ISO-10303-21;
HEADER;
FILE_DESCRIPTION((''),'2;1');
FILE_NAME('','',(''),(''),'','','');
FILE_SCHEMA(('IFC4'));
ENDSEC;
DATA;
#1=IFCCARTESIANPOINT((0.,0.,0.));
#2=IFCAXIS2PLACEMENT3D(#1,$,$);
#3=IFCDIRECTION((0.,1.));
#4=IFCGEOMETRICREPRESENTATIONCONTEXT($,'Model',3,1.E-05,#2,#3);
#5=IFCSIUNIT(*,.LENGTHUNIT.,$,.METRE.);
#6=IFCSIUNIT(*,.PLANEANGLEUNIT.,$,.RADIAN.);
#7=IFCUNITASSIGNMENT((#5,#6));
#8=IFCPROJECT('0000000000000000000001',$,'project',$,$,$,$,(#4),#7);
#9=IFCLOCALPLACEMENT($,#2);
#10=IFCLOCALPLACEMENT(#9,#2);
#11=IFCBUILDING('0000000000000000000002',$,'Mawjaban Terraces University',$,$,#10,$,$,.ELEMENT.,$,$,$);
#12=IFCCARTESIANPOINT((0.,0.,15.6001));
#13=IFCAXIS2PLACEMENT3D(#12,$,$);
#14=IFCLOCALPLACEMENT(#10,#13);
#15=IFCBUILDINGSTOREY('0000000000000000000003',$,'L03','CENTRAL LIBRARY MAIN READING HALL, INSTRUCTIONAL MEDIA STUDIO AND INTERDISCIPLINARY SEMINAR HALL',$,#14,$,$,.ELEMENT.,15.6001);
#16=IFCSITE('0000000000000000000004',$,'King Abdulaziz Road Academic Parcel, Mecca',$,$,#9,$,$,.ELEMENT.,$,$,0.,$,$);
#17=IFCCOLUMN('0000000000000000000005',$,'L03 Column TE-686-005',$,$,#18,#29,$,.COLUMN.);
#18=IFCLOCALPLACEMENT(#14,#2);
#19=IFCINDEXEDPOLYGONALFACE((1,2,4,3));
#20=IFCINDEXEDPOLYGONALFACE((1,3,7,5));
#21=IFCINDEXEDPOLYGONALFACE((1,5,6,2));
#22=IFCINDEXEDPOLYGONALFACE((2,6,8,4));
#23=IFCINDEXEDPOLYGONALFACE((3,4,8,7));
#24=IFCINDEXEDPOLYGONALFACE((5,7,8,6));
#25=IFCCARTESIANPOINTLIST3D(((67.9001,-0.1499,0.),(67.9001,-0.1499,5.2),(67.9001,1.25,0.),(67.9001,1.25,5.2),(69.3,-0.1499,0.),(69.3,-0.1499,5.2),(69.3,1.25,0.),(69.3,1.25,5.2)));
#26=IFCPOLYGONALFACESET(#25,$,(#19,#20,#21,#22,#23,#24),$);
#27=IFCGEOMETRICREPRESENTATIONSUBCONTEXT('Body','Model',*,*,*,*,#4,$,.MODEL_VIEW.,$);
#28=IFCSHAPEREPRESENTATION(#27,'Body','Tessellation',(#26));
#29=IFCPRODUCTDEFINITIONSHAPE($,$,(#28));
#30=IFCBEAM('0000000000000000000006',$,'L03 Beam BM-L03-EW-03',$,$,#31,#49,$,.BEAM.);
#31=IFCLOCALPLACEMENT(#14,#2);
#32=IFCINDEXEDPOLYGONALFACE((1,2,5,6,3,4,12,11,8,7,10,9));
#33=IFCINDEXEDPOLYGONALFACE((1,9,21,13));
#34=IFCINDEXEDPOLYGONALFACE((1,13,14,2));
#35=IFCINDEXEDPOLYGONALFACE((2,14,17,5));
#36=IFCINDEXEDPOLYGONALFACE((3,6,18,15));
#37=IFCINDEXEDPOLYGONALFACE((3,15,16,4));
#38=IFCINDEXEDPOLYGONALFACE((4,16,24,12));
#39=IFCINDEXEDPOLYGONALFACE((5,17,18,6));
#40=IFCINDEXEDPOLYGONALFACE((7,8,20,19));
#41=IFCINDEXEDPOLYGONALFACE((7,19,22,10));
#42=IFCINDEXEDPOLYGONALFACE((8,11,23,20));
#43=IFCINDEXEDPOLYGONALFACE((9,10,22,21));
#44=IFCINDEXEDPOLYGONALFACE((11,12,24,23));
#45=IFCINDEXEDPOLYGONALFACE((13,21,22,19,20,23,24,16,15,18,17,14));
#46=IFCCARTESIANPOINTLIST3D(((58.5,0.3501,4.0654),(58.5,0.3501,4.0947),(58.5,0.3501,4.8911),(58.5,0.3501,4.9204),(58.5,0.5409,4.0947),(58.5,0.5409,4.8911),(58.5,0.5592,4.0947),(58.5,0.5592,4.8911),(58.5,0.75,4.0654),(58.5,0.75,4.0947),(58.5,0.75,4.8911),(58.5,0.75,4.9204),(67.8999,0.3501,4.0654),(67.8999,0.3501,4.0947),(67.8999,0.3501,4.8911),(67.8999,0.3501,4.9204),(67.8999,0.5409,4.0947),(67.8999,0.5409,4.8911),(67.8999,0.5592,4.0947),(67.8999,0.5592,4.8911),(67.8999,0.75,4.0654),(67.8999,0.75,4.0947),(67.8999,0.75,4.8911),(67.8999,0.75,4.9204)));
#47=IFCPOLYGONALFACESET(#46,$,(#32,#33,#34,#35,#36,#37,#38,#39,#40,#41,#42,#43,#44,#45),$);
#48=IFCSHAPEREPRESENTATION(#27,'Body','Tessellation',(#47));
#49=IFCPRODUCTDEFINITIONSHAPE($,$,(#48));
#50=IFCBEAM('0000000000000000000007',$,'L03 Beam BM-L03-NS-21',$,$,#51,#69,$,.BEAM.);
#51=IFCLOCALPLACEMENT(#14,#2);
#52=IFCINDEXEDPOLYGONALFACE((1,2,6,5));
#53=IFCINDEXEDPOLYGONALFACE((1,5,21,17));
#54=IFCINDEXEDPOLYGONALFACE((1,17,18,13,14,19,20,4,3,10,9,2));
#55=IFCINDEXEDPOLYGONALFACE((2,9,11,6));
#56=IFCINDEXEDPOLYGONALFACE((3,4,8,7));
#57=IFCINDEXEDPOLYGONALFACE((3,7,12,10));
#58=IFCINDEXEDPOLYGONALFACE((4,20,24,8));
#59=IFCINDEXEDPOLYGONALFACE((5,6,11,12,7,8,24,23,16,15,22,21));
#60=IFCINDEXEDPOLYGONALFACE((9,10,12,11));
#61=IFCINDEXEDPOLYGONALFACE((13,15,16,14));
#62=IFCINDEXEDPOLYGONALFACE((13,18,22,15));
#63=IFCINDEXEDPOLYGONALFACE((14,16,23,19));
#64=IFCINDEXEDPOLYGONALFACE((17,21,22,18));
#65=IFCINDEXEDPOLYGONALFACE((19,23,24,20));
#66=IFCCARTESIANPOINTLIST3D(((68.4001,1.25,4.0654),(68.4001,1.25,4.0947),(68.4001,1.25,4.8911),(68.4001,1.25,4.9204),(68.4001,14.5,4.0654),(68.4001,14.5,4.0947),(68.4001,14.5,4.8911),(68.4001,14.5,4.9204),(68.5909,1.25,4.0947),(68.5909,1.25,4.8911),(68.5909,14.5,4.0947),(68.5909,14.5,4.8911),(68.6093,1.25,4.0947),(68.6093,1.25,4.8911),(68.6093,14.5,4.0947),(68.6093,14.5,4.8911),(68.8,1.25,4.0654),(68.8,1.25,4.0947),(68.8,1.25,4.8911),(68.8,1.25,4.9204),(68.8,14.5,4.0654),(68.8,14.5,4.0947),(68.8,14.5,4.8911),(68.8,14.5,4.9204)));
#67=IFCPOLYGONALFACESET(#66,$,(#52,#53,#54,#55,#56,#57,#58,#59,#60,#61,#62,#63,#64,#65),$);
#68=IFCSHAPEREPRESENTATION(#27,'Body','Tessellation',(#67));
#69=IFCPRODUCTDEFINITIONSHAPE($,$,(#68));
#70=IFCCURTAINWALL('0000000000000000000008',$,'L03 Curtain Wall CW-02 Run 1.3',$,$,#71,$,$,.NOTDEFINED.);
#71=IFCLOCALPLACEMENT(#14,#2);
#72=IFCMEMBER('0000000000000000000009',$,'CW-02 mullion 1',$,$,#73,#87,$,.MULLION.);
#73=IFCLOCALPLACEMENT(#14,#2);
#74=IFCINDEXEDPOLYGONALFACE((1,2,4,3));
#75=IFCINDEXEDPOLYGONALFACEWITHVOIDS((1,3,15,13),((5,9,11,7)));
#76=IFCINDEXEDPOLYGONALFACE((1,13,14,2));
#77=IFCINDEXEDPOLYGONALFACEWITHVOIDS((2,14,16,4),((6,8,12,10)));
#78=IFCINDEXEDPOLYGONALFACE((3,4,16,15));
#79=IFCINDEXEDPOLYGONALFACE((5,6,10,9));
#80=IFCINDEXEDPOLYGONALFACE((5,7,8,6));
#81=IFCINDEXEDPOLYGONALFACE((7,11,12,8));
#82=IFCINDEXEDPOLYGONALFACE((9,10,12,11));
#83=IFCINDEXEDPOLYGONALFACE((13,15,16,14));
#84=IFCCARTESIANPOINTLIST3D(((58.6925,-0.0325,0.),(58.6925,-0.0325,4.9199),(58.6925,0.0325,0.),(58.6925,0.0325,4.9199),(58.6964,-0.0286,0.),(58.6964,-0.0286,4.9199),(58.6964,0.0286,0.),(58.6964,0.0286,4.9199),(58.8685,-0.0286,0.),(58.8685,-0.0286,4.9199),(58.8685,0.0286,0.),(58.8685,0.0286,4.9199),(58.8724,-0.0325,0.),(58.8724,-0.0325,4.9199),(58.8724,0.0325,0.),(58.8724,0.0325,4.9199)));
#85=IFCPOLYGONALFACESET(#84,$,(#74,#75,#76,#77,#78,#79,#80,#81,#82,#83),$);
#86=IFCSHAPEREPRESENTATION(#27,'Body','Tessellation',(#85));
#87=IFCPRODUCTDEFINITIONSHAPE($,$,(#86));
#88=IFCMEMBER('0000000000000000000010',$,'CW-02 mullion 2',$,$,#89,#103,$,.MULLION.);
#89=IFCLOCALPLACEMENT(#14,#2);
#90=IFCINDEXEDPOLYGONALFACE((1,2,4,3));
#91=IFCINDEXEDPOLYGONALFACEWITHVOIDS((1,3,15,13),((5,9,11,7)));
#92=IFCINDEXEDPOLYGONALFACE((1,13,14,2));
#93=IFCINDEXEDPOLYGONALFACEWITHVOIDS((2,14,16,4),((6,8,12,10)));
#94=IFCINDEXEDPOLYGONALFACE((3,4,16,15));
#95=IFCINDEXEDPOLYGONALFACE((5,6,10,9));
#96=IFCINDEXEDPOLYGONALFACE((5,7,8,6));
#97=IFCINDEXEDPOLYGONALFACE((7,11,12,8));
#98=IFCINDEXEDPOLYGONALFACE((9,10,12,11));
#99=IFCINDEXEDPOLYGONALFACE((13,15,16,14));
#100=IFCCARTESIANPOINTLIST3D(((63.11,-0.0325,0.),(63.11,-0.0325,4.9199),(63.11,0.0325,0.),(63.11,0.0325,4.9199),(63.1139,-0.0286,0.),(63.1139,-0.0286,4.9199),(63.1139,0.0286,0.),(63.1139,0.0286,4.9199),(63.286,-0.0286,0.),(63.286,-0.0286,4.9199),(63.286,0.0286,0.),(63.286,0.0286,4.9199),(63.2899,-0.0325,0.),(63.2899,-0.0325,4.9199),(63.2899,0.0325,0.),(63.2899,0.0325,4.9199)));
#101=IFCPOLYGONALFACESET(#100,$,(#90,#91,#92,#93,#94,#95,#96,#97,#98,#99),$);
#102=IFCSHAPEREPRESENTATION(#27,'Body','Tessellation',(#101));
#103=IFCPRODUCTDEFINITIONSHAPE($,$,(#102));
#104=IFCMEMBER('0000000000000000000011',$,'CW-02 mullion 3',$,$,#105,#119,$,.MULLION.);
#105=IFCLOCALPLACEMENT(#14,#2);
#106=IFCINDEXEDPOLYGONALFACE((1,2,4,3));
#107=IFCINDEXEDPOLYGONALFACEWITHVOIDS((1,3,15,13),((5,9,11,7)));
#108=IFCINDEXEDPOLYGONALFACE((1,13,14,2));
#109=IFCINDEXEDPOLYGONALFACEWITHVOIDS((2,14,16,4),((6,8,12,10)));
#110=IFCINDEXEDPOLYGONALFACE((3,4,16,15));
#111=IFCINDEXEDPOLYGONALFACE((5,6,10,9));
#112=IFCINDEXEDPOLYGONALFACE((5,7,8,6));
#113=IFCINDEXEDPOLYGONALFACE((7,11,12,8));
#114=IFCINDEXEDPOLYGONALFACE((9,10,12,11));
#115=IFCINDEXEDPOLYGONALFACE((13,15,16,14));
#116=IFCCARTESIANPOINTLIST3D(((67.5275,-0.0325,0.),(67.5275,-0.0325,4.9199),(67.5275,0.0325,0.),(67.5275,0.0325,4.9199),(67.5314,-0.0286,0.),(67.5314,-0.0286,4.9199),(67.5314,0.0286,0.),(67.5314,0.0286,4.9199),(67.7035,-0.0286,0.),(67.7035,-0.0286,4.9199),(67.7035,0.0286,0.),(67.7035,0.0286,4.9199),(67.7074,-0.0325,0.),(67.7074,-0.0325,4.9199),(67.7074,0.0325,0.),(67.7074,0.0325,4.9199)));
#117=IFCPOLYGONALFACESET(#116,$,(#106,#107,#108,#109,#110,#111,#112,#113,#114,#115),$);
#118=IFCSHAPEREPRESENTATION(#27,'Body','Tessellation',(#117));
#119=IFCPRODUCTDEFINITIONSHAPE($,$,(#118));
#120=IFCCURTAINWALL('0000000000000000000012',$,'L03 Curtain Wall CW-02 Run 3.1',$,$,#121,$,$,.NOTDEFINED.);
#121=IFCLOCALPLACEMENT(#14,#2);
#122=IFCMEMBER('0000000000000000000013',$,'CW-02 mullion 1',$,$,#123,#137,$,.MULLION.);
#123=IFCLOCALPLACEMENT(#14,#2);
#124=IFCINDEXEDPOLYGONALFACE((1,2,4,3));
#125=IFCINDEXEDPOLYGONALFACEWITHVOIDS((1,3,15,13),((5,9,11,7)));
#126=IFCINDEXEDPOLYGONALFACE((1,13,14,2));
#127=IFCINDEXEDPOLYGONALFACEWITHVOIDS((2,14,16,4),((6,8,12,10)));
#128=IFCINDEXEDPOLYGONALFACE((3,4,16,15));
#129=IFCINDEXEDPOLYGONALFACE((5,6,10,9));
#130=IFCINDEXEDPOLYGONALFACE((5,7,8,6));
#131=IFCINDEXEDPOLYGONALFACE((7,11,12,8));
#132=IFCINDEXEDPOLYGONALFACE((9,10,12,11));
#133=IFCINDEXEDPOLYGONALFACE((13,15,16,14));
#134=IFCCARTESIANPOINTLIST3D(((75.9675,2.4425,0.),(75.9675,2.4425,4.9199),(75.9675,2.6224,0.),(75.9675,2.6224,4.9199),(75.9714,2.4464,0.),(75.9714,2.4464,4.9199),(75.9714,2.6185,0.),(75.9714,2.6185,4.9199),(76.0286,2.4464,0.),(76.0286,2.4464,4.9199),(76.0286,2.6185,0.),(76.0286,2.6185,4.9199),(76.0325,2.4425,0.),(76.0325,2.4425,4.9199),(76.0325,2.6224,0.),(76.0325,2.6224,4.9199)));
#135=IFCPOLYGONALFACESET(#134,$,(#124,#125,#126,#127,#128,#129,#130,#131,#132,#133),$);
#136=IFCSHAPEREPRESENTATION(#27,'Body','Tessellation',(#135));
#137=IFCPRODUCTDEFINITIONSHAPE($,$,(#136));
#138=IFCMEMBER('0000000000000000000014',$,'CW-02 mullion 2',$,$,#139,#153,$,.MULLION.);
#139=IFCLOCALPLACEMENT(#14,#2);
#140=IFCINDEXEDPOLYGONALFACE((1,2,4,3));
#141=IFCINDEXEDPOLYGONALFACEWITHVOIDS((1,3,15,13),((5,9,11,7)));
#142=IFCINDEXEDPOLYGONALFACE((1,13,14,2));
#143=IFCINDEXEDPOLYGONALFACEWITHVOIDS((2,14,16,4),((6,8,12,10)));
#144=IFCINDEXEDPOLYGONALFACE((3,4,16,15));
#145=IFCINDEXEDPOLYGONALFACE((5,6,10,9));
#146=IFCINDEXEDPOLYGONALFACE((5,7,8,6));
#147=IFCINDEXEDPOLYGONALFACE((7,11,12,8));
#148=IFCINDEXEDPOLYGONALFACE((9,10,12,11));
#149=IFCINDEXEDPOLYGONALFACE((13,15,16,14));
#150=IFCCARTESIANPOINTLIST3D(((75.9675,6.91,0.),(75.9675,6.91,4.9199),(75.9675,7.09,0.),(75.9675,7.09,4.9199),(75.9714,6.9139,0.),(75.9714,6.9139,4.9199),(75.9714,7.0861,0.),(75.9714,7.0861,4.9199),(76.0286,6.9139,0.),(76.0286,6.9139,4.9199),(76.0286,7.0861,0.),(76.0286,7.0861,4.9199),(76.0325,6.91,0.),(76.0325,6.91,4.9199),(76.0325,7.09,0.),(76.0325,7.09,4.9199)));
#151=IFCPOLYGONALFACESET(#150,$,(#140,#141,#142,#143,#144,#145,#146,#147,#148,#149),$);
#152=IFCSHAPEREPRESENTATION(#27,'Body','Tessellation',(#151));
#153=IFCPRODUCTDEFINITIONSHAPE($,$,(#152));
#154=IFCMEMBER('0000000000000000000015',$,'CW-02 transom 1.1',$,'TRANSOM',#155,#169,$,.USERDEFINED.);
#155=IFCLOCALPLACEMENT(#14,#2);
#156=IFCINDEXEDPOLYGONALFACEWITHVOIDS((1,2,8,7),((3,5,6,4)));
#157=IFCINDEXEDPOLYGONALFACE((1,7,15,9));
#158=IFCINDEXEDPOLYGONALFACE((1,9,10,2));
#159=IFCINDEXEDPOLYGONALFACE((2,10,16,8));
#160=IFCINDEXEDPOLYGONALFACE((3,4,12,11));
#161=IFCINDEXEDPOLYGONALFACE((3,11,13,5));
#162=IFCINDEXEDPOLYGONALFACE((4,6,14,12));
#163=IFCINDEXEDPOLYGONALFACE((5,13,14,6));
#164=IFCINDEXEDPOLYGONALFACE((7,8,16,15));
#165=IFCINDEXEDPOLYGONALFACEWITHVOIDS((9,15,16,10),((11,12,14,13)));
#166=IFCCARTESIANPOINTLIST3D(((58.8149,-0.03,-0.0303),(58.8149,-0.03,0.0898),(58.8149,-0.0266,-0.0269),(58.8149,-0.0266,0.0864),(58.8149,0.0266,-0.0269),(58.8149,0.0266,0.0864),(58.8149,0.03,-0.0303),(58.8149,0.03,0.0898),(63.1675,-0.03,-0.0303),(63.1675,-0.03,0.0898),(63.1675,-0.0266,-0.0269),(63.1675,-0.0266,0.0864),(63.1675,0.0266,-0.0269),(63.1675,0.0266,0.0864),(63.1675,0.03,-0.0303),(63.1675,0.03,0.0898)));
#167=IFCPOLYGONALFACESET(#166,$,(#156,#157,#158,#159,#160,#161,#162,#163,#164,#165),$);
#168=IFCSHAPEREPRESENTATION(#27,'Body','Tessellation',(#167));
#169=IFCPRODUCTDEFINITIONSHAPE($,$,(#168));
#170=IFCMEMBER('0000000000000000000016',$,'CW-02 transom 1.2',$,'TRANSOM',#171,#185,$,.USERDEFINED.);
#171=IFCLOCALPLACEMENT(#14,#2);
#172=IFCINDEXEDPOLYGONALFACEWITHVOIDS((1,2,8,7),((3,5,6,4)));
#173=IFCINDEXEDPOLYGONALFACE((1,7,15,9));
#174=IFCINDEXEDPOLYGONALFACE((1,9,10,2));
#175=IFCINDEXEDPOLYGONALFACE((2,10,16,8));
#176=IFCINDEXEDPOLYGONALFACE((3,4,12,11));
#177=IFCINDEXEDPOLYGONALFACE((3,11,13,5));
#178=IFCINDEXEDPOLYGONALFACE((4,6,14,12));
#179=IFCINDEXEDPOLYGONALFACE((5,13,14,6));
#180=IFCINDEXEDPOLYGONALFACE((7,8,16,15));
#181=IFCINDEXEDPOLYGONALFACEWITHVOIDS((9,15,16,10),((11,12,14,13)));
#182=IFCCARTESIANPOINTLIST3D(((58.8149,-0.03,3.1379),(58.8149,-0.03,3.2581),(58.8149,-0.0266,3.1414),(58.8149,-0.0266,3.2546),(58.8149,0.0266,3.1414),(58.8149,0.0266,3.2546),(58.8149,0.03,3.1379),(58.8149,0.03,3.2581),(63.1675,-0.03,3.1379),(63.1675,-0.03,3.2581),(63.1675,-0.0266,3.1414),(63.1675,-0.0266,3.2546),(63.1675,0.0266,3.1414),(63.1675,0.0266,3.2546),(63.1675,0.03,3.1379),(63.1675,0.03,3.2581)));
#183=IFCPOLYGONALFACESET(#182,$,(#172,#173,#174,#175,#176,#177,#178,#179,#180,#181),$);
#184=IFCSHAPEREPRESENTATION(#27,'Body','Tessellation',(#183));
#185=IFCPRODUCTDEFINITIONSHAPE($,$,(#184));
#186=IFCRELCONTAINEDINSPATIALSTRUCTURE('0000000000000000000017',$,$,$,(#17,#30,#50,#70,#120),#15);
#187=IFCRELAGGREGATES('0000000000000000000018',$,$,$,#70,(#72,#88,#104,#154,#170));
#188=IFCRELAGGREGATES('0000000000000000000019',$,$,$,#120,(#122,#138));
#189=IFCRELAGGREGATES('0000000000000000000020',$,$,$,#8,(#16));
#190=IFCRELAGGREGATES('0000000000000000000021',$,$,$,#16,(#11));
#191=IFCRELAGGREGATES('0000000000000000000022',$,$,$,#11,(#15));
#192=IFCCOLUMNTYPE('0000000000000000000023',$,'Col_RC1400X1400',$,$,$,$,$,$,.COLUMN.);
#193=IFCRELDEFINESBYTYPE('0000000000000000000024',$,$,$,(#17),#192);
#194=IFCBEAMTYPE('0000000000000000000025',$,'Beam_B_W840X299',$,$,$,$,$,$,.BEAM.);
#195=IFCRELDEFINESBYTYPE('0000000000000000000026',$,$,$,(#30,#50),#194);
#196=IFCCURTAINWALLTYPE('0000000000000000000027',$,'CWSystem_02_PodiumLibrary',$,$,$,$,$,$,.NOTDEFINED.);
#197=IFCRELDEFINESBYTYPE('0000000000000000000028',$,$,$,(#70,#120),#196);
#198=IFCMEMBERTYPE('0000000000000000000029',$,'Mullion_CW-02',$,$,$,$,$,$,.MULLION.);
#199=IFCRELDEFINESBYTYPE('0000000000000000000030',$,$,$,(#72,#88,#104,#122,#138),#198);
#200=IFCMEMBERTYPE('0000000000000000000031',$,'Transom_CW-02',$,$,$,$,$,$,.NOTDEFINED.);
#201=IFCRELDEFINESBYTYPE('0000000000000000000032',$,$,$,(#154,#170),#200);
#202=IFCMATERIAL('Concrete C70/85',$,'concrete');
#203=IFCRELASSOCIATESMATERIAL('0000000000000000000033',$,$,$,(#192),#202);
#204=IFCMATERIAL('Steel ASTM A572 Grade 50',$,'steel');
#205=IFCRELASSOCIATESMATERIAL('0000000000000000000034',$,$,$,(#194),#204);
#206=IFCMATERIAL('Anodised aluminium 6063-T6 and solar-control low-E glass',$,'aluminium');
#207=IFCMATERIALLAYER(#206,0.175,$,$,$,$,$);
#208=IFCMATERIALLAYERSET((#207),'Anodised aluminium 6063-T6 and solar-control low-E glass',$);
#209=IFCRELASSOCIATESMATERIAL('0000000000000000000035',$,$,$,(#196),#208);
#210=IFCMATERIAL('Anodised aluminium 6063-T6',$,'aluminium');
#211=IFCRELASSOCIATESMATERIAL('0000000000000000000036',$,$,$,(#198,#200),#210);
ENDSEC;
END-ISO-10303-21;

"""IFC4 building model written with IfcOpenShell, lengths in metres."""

from ifc_helpers import new_model, si_unit, direction, frame, origin, origin_2d, place, context, subcontext, project, spatial, rectangle, hollow_rectangle, i_section, extrude, material, layer, layer_set, material_profile, profile_set, type_object, element, aggregate, save


model = new_model("IFC4")

# Units and contexts
model_context = context("Model", 3, precision=1e-05, world=origin(), true_north=direction((0.0, 1.0)))
body_context = subcontext(model_context, "Body", "Model", "MODEL_VIEW")
ifc_project = project(units=[si_unit("LENGTHUNIT", "METRE"), si_unit("PLANEANGLEUNIT", "RADIAN")], contexts=[model_context])

# Site, building, storey
site_placement = place(None, origin())
site = spatial("IfcSite", under=ifc_project, at=site_placement, Name="King Abdulaziz Road Academic Parcel, Mecca", CompositionType="ELEMENT", RefElevation=0.0)
building_placement = place(site_placement, origin())
building = spatial("IfcBuilding", under=site, at=building_placement, Name="Mawjaban Terraces University", CompositionType="ELEMENT")
storey_placement = place(building_placement, frame((0.0, 0.0, 15.6001)))
storey = spatial("IfcBuildingStorey", under=building, at=storey_placement, Name="L03", Description="CENTRAL LIBRARY MAIN READING HALL, INSTRUCTIONAL MEDIA STUDIO AND INTERDISCIPLINARY SEMINAR HALL", CompositionType="ELEMENT", Elevation=15.6001)

# Column
ifc_material_1 = material(Name="Concrete C70/85", Category="concrete")
ifc_material_profile_1 = material_profile(ifc_material_1, rectangle(XDim=1.3999, YDim=1.3999, at=origin_2d()), Name="RC1400X1400")
ifc_profile_set_1 = profile_set([ifc_material_profile_1], Name="Concrete C70/85")
column_type = type_object("IfcColumnType", Name="Col_RC1400X1400", PredefinedType="COLUMN", material=ifc_profile_set_1)
column_placement = place(storey_placement, frame((68.6001, 0.55, 0.0), z_axis=(0.0, 0.0, 1.0), x_axis=(1.0, 0.0, 0.0)))
element("IfcColumn", 1, at=column_placement, inside=storey, type_object=column_type, Name="L03 Column TE-686-005", PredefinedType="COLUMN", context=body_context, shape_type="SweptSolid", body=[
    extrude(rectangle(XDim=1.3999, YDim=1.3999, at=origin_2d()), origin(), (0.0, 0.0, 1.0), 5.2),
])

# Beams
ifc_material_2 = material(Name="Steel ASTM A572 Grade 50", Category="steel")
ifc_material_profile_2 = material_profile(ifc_material_2, i_section(OverallWidth=0.3999, OverallDepth=0.855, WebThickness=0.0183, FlangeThickness=0.0293, at=origin_2d()), Name="W840X299")
ifc_profile_set_2 = profile_set([ifc_material_profile_2], Name="Steel ASTM A572 Grade 50")
beam_type = type_object("IfcBeamType", Name="Beam_B_W840X299", PredefinedType="BEAM", material=ifc_profile_set_2)
beam_1_placement = place(storey_placement, frame((58.5, 0.55, 4.4929), z_axis=(1.0, 0.0, 0.0), x_axis=(0.0, 1.0, 0.0)))
element("IfcBeam", 2, at=beam_1_placement, inside=storey, type_object=beam_type, Name="L03 Beam BM-L03-EW-03", PredefinedType="BEAM", context=body_context, shape_type="SweptSolid", body=[
    extrude(i_section(OverallWidth=0.3999, OverallDepth=0.855, WebThickness=0.0183, FlangeThickness=0.0293, at=origin_2d()), origin(), (0.0, 0.0, 1.0), 9.3999),
])
beam_2_placement = place(storey_placement, frame((68.6001, 1.25, 4.4929), z_axis=(0.0, 1.0, 0.0), x_axis=(-1.0, 0.0, 0.0)))
element("IfcBeam", 3, at=beam_2_placement, inside=storey, type_object=beam_type, Name="L03 Beam BM-L03-NS-21", PredefinedType="BEAM", context=body_context, shape_type="SweptSolid", body=[
    extrude(i_section(OverallWidth=0.3999, OverallDepth=0.855, WebThickness=0.0183, FlangeThickness=0.0293, at=origin_2d()), origin(), (0.0, 0.0, 1.0), 13.25),
])

# Curtain walls, members
ifc_material_3 = material(Name="Anodised aluminium 6063-T6 and solar-control low-E glass", Category="aluminium")
ifc_layer_1 = layer(ifc_material_3, 0.175)
ifc_layer_set_1 = layer_set([ifc_layer_1], Name="Anodised aluminium 6063-T6 and solar-control low-E glass")
curtain_wall_type = type_object("IfcCurtainWallType", Name="CWSystem_02_PodiumLibrary", PredefinedType="NOTDEFINED", material=ifc_layer_set_1)
curtain_wall_1_placement = place(storey_placement, origin())
curtain_wall_1 = element("IfcCurtainWall", 4, at=curtain_wall_1_placement, inside=storey, type_object=curtain_wall_type, Name="L03 Curtain Wall CW-02 Run 1.3", PredefinedType="NOTDEFINED")
ifc_material_4 = material(Name="Anodised aluminium 6063-T6", Category="aluminium")
ifc_material_profile_3 = material_profile(ifc_material_4, hollow_rectangle(XDim=0.0649, YDim=0.1799, WallThickness=0.0039, at=origin_2d()), Name="ALU180X65X4")
ifc_profile_set_3 = profile_set([ifc_material_profile_3], Name="Anodised aluminium 6063-T6")
member_type_1 = type_object("IfcMemberType", Name="Mullion_CW-02", PredefinedType="MULLION", material=ifc_profile_set_3)
member_1_placement = place(storey_placement, frame((58.7825, 0.0, 0.0), z_axis=(0.0, 0.0, 1.0), x_axis=(0.0, 1.0, 0.0)))
member_1 = element("IfcMember", 5, at=member_1_placement, type_object=member_type_1, Name="CW-02 mullion 1", PredefinedType="MULLION", context=body_context, shape_type="SweptSolid", body=[
    extrude(hollow_rectangle(XDim=0.0649, YDim=0.1799, WallThickness=0.0039, at=origin_2d()), origin(), (0.0, 0.0, 1.0), 4.9199),
])
member_2_placement = place(storey_placement, frame((63.2, 0.0, 0.0), z_axis=(0.0, 0.0, 1.0), x_axis=(0.0, 1.0, 0.0)))
member_2 = element("IfcMember", 6, at=member_2_placement, type_object=member_type_1, Name="CW-02 mullion 2", PredefinedType="MULLION", context=body_context, shape_type="SweptSolid", body=[
    extrude(hollow_rectangle(XDim=0.0649, YDim=0.1799, WallThickness=0.0039, at=origin_2d()), origin(), (0.0, 0.0, 1.0), 4.9199),
])
member_3_placement = place(storey_placement, frame((67.6174, 0.0, 0.0), z_axis=(0.0, 0.0, 1.0), x_axis=(0.0, 1.0, 0.0)))
member_3 = element("IfcMember", 7, at=member_3_placement, type_object=member_type_1, Name="CW-02 mullion 3", PredefinedType="MULLION", context=body_context, shape_type="SweptSolid", body=[
    extrude(hollow_rectangle(XDim=0.0649, YDim=0.1799, WallThickness=0.0039, at=origin_2d()), origin(), (0.0, 0.0, 1.0), 4.9199),
])
curtain_wall_2_placement = place(storey_placement, origin())
curtain_wall_2 = element("IfcCurtainWall", 8, at=curtain_wall_2_placement, inside=storey, type_object=curtain_wall_type, Name="L03 Curtain Wall CW-02 Run 3.1", PredefinedType="NOTDEFINED")
member_4_placement = place(storey_placement, frame((76.0, 2.5325, 0.0), z_axis=(0.0, 0.0, 1.0), x_axis=(-1.0, 0.0, 0.0)))
member_4 = element("IfcMember", 9, at=member_4_placement, type_object=member_type_1, Name="CW-02 mullion 1", PredefinedType="MULLION", context=body_context, shape_type="SweptSolid", body=[
    extrude(hollow_rectangle(XDim=0.0649, YDim=0.1799, WallThickness=0.0039, at=origin_2d()), origin(), (0.0, 0.0, 1.0), 4.9199),
])
member_5_placement = place(storey_placement, frame((76.0, 7.0, 0.0), z_axis=(0.0, 0.0, 1.0), x_axis=(-1.0, 0.0, 0.0)))
member_5 = element("IfcMember", 10, at=member_5_placement, type_object=member_type_1, Name="CW-02 mullion 2", PredefinedType="MULLION", context=body_context, shape_type="SweptSolid", body=[
    extrude(hollow_rectangle(XDim=0.0649, YDim=0.1799, WallThickness=0.0039, at=origin_2d()), origin(), (0.0, 0.0, 1.0), 4.9199),
])

# Members
ifc_material_profile_4 = material_profile(ifc_material_4, hollow_rectangle(XDim=0.0601, YDim=0.1201, WallThickness=0.0034, at=origin_2d()), Name="ALU120X60X3.5")
ifc_profile_set_4 = profile_set([ifc_material_profile_4], Name="Anodised aluminium 6063-T6")
member_type_2 = type_object("IfcMemberType", Name="Transom_CW-02", PredefinedType="NOTDEFINED", material=ifc_profile_set_4)
member_6_placement = place(storey_placement, frame((58.8149, 0.0, 0.0298), z_axis=(1.0, 0.0, 0.0), x_axis=(0.0, 1.0, 0.0)))
member_6 = element("IfcMember", 11, at=member_6_placement, type_object=member_type_2, Name="CW-02 transom 1.1", ObjectType="TRANSOM", PredefinedType="USERDEFINED", context=body_context, shape_type="SweptSolid", body=[
    extrude(hollow_rectangle(XDim=0.0601, YDim=0.1201, WallThickness=0.0034, at=origin_2d()), origin(), (0.0, 0.0, 1.0), 4.3525),
])
member_7_placement = place(storey_placement, frame((58.8149, 0.0, 3.198), z_axis=(1.0, 0.0, 0.0), x_axis=(0.0, 1.0, 0.0)))
member_7 = element("IfcMember", 12, at=member_7_placement, type_object=member_type_2, Name="CW-02 transom 1.2", ObjectType="TRANSOM", PredefinedType="USERDEFINED", context=body_context, shape_type="SweptSolid", body=[
    extrude(hollow_rectangle(XDim=0.0601, YDim=0.1201, WallThickness=0.0034, at=origin_2d()), origin(), (0.0, 0.0, 1.0), 4.3525),
])

aggregate(curtain_wall_1, [member_1, member_2, member_3, member_6, member_7])
aggregate(curtain_wall_2, [member_4, member_5])

save(model, "model.ifc")
